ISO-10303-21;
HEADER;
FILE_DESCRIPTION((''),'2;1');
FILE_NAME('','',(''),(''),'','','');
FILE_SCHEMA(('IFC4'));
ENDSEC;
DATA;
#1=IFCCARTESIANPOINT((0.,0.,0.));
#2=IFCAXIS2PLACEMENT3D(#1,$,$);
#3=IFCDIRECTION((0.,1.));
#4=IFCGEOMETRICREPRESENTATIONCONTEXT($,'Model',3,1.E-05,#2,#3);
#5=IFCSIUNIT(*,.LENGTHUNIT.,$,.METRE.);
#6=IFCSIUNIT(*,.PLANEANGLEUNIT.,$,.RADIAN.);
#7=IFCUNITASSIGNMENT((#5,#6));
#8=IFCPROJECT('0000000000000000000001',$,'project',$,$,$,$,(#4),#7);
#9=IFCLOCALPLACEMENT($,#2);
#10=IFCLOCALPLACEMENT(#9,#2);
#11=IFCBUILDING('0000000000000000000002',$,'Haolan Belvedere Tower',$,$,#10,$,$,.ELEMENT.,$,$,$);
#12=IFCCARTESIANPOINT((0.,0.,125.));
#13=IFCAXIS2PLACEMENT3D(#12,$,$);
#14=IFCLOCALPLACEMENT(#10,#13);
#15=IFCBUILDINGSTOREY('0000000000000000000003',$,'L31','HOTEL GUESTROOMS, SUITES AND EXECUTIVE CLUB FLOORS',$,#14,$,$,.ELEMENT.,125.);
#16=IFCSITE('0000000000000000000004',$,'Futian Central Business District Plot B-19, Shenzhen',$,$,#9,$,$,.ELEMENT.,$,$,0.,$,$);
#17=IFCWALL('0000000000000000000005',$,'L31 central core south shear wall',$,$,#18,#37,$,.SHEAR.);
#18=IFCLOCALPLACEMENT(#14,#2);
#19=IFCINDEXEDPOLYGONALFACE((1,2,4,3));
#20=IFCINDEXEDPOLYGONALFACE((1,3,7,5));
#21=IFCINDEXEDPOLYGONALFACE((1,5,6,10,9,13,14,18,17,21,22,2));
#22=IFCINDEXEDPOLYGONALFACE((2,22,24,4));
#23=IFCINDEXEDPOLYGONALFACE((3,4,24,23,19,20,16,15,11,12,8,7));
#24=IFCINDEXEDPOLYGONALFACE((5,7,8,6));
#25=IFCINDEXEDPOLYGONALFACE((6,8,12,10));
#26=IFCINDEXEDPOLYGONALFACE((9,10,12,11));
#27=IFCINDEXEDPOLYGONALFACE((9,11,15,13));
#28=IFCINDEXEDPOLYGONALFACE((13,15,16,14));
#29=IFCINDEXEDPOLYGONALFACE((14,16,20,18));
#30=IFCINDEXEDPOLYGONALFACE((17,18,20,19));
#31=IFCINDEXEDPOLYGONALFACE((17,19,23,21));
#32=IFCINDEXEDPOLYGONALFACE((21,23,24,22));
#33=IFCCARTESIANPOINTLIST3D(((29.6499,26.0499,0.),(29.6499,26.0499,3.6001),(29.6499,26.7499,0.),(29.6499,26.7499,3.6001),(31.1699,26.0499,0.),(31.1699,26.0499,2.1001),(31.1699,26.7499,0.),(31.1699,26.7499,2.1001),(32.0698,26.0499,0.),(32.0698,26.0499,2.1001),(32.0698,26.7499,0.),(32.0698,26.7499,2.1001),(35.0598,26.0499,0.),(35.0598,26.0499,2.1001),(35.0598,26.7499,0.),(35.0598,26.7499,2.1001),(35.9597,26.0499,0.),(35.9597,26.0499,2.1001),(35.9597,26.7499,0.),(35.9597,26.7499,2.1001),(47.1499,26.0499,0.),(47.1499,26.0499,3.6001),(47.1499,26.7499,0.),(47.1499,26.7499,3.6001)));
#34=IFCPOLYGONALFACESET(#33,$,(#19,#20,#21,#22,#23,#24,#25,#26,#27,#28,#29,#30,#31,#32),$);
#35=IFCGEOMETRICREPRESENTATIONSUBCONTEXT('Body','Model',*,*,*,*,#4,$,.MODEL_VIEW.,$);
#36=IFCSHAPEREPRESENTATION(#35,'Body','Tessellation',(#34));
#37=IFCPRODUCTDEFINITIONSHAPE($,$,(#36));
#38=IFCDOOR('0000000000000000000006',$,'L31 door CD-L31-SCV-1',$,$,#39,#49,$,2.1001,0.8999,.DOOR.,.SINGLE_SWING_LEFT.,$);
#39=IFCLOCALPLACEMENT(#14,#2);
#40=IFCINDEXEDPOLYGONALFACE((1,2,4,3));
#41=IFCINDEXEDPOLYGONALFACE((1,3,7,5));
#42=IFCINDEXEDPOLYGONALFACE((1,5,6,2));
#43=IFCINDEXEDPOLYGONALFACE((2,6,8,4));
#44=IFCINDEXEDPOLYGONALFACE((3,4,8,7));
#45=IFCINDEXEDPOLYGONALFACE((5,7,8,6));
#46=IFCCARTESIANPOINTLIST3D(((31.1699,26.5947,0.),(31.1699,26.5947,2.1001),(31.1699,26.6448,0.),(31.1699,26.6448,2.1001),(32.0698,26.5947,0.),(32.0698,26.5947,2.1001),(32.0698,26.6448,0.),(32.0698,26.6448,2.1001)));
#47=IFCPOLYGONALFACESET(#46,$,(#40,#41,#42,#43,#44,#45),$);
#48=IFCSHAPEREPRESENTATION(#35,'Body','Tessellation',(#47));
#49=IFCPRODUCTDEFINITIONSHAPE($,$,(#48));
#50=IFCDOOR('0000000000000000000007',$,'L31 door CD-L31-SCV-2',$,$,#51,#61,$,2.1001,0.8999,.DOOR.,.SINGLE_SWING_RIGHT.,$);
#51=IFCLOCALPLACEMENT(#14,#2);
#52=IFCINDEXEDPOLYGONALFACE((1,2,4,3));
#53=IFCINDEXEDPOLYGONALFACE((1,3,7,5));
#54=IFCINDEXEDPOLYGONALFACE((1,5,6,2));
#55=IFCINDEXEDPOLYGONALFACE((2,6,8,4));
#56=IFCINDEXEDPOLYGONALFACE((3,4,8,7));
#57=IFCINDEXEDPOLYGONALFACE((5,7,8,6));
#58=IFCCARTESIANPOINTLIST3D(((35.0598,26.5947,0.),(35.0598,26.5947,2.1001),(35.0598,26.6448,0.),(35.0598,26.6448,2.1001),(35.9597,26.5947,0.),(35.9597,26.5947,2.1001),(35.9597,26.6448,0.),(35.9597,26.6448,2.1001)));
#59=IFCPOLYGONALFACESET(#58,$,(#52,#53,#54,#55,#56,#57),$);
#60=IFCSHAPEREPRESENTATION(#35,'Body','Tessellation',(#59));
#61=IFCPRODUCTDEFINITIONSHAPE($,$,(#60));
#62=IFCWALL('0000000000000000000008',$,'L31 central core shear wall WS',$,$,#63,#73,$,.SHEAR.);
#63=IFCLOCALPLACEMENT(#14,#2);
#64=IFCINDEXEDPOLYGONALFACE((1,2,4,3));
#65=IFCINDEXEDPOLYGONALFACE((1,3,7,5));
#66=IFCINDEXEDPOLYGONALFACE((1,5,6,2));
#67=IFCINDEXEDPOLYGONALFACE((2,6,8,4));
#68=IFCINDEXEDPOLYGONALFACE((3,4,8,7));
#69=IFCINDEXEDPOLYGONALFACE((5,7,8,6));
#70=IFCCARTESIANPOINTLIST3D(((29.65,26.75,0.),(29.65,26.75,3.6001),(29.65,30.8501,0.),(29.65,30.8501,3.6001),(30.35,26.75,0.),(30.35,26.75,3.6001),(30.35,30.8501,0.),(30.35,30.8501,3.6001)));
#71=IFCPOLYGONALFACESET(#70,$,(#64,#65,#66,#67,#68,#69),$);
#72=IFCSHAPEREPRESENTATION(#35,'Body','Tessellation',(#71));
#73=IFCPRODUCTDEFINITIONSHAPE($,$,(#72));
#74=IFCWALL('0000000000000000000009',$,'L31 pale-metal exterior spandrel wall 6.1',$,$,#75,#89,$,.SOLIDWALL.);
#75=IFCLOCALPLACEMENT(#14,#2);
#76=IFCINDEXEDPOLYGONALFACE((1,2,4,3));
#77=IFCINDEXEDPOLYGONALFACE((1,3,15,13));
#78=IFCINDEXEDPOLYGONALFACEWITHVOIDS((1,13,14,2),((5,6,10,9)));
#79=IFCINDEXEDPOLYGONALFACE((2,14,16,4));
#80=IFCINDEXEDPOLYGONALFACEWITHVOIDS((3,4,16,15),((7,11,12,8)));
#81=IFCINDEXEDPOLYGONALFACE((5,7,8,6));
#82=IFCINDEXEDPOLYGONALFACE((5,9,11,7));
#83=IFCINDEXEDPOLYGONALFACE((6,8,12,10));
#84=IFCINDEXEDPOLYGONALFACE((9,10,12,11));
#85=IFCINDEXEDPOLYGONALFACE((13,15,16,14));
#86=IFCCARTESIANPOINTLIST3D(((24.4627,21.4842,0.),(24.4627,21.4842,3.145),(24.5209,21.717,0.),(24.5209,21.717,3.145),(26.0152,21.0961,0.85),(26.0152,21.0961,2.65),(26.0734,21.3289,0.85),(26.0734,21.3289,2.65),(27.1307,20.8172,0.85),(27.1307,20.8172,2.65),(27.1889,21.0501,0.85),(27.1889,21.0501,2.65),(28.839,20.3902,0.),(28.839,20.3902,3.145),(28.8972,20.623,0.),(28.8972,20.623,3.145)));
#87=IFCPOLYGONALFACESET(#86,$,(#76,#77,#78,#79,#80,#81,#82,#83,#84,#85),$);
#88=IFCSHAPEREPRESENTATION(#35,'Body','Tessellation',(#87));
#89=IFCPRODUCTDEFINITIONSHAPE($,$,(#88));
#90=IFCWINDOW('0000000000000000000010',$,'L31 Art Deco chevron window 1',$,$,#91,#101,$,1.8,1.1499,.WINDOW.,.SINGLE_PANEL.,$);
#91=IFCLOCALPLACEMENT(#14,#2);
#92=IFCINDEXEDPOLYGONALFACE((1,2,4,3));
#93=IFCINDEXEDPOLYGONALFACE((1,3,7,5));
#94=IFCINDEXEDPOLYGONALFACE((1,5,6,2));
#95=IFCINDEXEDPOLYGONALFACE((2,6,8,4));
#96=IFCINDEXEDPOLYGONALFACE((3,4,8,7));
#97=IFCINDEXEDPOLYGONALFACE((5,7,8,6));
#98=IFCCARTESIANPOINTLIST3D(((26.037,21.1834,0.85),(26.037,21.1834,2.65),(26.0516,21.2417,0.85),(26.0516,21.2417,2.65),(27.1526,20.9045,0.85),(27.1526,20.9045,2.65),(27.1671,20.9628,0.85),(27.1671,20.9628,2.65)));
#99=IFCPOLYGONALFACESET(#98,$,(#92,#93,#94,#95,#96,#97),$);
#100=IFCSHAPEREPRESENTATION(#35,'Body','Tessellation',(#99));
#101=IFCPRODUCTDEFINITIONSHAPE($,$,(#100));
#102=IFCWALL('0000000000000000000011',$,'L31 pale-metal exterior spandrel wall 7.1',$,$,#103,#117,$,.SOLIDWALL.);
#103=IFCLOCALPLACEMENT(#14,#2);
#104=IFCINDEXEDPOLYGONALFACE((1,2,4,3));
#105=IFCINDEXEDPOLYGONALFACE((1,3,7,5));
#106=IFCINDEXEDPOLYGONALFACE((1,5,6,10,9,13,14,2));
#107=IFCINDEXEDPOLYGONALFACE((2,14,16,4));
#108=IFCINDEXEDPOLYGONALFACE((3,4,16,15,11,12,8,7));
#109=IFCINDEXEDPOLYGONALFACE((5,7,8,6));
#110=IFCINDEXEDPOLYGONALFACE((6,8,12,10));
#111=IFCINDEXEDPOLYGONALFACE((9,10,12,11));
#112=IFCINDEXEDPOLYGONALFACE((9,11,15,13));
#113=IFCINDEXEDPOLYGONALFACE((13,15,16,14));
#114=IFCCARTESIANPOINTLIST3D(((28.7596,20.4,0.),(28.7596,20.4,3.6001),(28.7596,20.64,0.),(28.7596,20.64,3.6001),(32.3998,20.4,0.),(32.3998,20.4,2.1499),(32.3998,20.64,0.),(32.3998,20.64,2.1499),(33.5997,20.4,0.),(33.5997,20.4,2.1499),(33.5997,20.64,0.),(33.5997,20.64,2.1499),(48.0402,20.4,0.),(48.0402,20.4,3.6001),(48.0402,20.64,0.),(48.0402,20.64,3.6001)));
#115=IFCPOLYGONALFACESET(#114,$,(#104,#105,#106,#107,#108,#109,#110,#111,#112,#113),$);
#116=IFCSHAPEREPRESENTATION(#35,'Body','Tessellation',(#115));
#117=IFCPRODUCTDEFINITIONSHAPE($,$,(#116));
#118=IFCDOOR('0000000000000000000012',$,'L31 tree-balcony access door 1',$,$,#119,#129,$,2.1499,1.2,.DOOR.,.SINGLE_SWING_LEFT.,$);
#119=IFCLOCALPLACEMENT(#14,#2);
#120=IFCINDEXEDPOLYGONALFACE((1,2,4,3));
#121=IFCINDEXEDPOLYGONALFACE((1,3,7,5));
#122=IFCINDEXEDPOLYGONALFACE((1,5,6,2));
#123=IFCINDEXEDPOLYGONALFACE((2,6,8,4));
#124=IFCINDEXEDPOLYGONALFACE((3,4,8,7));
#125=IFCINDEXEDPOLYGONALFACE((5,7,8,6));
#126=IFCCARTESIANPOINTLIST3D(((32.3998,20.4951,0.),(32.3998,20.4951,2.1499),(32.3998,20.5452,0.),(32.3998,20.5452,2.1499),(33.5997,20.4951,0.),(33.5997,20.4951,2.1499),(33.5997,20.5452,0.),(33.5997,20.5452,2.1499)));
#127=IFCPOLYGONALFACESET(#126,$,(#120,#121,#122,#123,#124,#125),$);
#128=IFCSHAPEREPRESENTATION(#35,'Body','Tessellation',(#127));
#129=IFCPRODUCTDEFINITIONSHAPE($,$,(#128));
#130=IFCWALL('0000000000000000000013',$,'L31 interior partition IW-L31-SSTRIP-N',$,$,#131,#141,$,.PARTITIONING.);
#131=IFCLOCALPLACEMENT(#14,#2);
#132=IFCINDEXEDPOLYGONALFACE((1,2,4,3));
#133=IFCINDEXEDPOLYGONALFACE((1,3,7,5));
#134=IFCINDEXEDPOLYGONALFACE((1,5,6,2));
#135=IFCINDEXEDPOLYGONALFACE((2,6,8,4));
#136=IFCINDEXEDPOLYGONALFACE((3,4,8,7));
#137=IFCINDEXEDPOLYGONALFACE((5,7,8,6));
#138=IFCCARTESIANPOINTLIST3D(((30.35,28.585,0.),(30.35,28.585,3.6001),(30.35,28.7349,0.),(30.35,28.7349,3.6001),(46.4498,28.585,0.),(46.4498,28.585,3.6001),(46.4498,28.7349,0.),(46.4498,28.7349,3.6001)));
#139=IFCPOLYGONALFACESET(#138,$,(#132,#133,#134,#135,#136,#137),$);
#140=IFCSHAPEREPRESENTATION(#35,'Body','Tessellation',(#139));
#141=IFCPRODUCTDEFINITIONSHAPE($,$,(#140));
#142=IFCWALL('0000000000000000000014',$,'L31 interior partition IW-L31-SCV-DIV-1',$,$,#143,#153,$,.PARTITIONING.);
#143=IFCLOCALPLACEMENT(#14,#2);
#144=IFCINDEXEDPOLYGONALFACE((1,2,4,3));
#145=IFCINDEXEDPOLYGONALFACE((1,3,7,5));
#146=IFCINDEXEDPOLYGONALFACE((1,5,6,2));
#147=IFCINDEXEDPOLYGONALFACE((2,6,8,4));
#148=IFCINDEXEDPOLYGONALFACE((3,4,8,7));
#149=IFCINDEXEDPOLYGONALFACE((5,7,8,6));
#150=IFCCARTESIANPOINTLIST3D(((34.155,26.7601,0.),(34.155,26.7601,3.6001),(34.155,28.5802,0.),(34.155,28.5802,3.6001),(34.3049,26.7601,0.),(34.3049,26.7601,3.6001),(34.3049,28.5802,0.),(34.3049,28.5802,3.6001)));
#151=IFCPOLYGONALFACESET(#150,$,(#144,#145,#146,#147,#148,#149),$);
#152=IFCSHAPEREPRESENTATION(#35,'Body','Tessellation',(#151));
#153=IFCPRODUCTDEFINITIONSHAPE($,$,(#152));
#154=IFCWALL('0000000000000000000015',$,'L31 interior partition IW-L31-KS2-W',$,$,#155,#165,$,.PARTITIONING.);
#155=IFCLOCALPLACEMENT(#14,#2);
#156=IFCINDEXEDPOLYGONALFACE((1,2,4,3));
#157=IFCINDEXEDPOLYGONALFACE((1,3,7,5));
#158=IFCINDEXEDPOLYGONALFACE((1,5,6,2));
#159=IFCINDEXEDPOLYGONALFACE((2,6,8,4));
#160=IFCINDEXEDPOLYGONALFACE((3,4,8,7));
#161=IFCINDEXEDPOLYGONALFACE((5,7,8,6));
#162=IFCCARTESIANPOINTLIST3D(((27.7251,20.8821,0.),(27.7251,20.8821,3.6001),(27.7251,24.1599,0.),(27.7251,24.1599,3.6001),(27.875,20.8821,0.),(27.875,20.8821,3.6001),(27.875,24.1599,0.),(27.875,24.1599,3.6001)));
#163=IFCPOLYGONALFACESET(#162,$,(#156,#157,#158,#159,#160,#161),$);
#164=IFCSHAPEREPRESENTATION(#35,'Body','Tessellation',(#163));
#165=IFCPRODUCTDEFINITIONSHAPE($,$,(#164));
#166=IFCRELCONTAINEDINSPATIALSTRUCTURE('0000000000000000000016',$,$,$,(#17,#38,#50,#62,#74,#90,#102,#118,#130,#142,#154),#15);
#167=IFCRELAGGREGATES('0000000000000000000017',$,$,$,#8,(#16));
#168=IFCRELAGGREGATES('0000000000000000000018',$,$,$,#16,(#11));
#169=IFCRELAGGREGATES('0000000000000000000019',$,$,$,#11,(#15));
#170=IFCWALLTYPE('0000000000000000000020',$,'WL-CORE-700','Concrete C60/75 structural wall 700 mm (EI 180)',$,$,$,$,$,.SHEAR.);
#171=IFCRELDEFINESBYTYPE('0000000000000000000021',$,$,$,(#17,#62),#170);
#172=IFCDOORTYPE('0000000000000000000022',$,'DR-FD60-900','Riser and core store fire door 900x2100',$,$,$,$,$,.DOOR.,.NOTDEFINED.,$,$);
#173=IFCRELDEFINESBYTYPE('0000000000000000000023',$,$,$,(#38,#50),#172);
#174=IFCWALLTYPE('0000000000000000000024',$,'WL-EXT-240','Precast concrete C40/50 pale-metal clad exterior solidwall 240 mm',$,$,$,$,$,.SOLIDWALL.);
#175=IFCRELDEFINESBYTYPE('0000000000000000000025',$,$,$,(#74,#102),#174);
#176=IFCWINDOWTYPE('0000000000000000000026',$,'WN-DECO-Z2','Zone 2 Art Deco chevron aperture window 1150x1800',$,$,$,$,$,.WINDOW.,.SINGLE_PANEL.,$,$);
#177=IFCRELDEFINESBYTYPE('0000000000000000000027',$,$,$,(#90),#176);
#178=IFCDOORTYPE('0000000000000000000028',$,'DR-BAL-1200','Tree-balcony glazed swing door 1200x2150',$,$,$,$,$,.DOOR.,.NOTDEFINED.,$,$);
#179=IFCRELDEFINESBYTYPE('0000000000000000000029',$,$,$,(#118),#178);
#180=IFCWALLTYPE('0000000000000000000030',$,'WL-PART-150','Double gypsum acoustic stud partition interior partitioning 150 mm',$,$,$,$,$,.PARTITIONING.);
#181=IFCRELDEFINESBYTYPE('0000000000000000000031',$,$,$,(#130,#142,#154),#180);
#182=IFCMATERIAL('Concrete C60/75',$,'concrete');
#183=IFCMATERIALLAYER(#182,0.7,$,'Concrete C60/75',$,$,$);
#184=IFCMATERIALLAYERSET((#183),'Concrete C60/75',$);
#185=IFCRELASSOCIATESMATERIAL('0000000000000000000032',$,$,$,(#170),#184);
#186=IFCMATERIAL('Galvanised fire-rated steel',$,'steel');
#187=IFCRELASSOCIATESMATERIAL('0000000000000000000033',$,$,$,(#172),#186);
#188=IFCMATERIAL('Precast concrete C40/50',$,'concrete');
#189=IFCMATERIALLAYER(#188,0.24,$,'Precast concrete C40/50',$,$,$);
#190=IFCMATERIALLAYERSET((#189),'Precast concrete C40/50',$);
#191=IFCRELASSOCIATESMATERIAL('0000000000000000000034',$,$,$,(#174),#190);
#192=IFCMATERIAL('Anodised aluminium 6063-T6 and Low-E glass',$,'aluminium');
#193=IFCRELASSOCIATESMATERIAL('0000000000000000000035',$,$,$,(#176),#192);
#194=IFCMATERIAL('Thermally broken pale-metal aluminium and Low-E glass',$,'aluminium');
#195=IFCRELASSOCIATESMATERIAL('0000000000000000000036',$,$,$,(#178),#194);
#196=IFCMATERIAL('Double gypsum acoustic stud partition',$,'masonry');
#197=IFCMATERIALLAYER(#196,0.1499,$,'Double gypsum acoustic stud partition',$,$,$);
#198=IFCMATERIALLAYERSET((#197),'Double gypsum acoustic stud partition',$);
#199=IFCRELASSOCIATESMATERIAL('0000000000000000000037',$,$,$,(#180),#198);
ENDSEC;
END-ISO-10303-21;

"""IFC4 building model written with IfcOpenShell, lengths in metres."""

from ifc_helpers import new_model, si_unit, direction, frame, frame_2d, origin, place, context, subcontext, project, spatial, rectangle, extrude, material, layer, layer_set, type_object, element, fill, save


model = new_model("IFC4")

# Units and contexts
model_context = context("Model", 3, precision=1e-05, world=origin(), true_north=direction((0.0, 1.0)))
body_context = subcontext(model_context, "Body", "Model", "MODEL_VIEW")
ifc_project = project(units=[si_unit("LENGTHUNIT", "METRE"), si_unit("PLANEANGLEUNIT", "RADIAN")], contexts=[model_context])

# Site, building, storey
site_placement = place(None, origin())
site = spatial("IfcSite", under=ifc_project, at=site_placement, Name="Futian Central Business District Plot B-19, Shenzhen", CompositionType="ELEMENT", RefElevation=0.0)
building_placement = place(site_placement, origin())
building = spatial("IfcBuilding", under=site, at=building_placement, Name="Haolan Belvedere Tower", CompositionType="ELEMENT")
storey_placement = place(building_placement, frame((0.0, 0.0, 125.0)))
storey = spatial("IfcBuildingStorey", under=building, at=storey_placement, Name="L31", Description="HOTEL GUESTROOMS, SUITES AND EXECUTIVE CLUB FLOORS", CompositionType="ELEMENT", Elevation=125.0)

# Wall, openings, doors
ifc_material_1 = material(Name="Concrete C60/75", Category="concrete")
ifc_layer_1 = layer(ifc_material_1, 0.7, Name="Concrete C60/75")
ifc_layer_set_1 = layer_set([ifc_layer_1], Name="Concrete C60/75")
wall_type_1 = type_object("IfcWallType", Name="WL-CORE-700", Description="Concrete C60/75 structural wall 700 mm (EI 180)", PredefinedType="SHEAR", material=ifc_layer_set_1)
wall_1_placement = place(storey_placement, frame((29.6499, 26.3999, 0.0), z_axis=(0.0, 0.0, 1.0), x_axis=(1.0, 0.0, 0.0)))
wall_1 = element("IfcWall", 1, at=wall_1_placement, inside=storey, type_object=wall_type_1, Name="L31 central core south shear wall", PredefinedType="SHEAR", context=body_context, shape_type="SweptSolid", body=[
    extrude(rectangle(XDim=17.5, YDim=0.7, at=frame_2d((8.75, 0.0))), origin(), (0.0, 0.0, 1.0), 3.6001),
])
opening_1_placement = place(wall_1_placement, frame((2.4199, 0.0, 0.0), z_axis=(0.0, 0.0, 1.0), x_axis=(-1.0, 0.0, 0.0)))
opening_1 = element("IfcOpeningElement", 2, at=opening_1_placement, cuts=wall_1, PredefinedType="OPENING", context=body_context, shape_type="SweptSolid", body=[
    extrude(rectangle(XDim=0.8999, YDim=2.1001, at=frame_2d((0.45, 1.05))), frame((0.0, 0.3599, 0.0), z_axis=(0.0, -1.0, 0.0), x_axis=(1.0, 0.0, 0.0)), (0.0, 0.0, 1.0), 0.72),
])
opening_2_placement = place(wall_1_placement, frame((6.3098, 0.0, 0.0), z_axis=(0.0, 0.0, 1.0), x_axis=(-1.0, 0.0, 0.0)))
opening_2 = element("IfcOpeningElement", 3, at=opening_2_placement, cuts=wall_1, PredefinedType="OPENING", context=body_context, shape_type="SweptSolid", body=[
    extrude(rectangle(XDim=0.8999, YDim=2.1001, at=frame_2d((0.45, 1.05))), frame((0.0, 0.3599, 0.0), z_axis=(0.0, -1.0, 0.0), x_axis=(1.0, 0.0, 0.0)), (0.0, 0.0, 1.0), 0.72),
])
ifc_material_2 = material(Name="Galvanised fire-rated steel", Category="steel")
door_type_1 = type_object("IfcDoorType", Name="DR-FD60-900", Description="Riser and core store fire door 900x2100", OperationType="NOTDEFINED", PredefinedType="DOOR", material=ifc_material_2)
door_1_placement = place(opening_1_placement, origin())
door_1 = element("IfcDoor", 4, at=door_1_placement, inside=storey, type_object=door_type_1, Name="L31 door CD-L31-SCV-1", OperationType="SINGLE_SWING_LEFT", OverallHeight=2.1001, OverallWidth=0.8999, PredefinedType="DOOR", context=body_context, shape_type="SweptSolid", body=[
    extrude(rectangle(XDim=0.8999, YDim=2.1001, at=frame_2d((0.45, 1.05))), frame((0.0, -0.1948, 0.0), z_axis=(0.0, -1.0, 0.0), x_axis=(1.0, 0.0, 0.0)), (0.0, 0.0, 1.0), 0.05),
])
fill(opening_1, door_1)
door_2_placement = place(opening_2_placement, origin())
door_2 = element("IfcDoor", 5, at=door_2_placement, inside=storey, type_object=door_type_1, Name="L31 door CD-L31-SCV-2", OperationType="SINGLE_SWING_RIGHT", OverallHeight=2.1001, OverallWidth=0.8999, PredefinedType="DOOR", context=body_context, shape_type="SweptSolid", body=[
    extrude(rectangle(XDim=0.8999, YDim=2.1001, at=frame_2d((0.45, 1.05))), frame((0.0, -0.1948, 0.0), z_axis=(0.0, -1.0, 0.0), x_axis=(1.0, 0.0, 0.0)), (0.0, 0.0, 1.0), 0.05),
])
fill(opening_2, door_2)

# Wall
wall_2_placement = place(storey_placement, frame((30.0, 26.75, 0.0), z_axis=(0.0, 0.0, 1.0), x_axis=(0.0, 1.0, 0.0)))
element("IfcWall", 6, at=wall_2_placement, inside=storey, type_object=wall_type_1, Name="L31 central core shear wall WS", PredefinedType="SHEAR", context=body_context, shape_type="SweptSolid", body=[
    extrude(rectangle(XDim=4.1001, YDim=0.7, at=frame_2d((2.05, 0.0))), origin(), (0.0, 0.0, 1.0), 3.6001),
])

# Wall, opening, window
ifc_material_3 = material(Name="Precast concrete C40/50", Category="concrete")
ifc_layer_2 = layer(ifc_material_3, 0.24, Name="Precast concrete C40/50")
ifc_layer_set_2 = layer_set([ifc_layer_2], Name="Precast concrete C40/50")
wall_type_2 = type_object("IfcWallType", Name="WL-EXT-240", Description="Precast concrete C40/50 pale-metal clad exterior solidwall 240 mm", PredefinedType="SOLIDWALL", material=ifc_layer_set_2)
wall_3_placement = place(storey_placement, frame((24.4919, 21.6006, 0.0), z_axis=(0.0, 0.0, 1.0), x_axis=(0.970146, -0.242523, 0.0)))
wall_3 = element("IfcWall", 7, at=wall_3_placement, inside=storey, type_object=wall_type_2, Name="L31 pale-metal exterior spandrel wall 6.1", PredefinedType="SOLIDWALL", context=body_context, shape_type="SweptSolid", body=[
    extrude(rectangle(XDim=4.511, YDim=0.24, at=frame_2d((2.2554, 0.0))), origin(), (0.0, 0.0, 1.0), 3.145),
])
opening_3_placement = place(wall_3_placement, frame((1.6001, 0.0, 0.8501)))
opening_3 = element("IfcOpeningElement", 8, at=opening_3_placement, cuts=wall_3, PredefinedType="OPENING", context=body_context, shape_type="SweptSolid", body=[
    extrude(rectangle(XDim=1.1499, YDim=1.8, at=frame_2d((0.575, 0.8999))), frame((0.0, 0.1299, 0.0), z_axis=(0.0, -1.0, 0.0), x_axis=(1.0, 0.0, 0.0)), (0.0, 0.0, 1.0), 0.26),
])
ifc_material_4 = material(Name="Anodised aluminium 6063-T6 and Low-E glass", Category="aluminium")
window_type = type_object("IfcWindowType", Name="WN-DECO-Z2", Description="Zone 2 Art Deco chevron aperture window 1150x1800", PartitioningType="SINGLE_PANEL", PredefinedType="WINDOW", material=ifc_material_4)
window_placement = place(opening_3_placement, origin())
window = element("IfcWindow", 9, at=window_placement, inside=storey, type_object=window_type, Name="L31 Art Deco chevron window 1", OverallHeight=1.8, OverallWidth=1.1499, PartitioningType="SINGLE_PANEL", PredefinedType="WINDOW", context=body_context, shape_type="SweptSolid", body=[
    extrude(rectangle(XDim=1.1499, YDim=1.8, at=frame_2d((0.575, 0.8999))), frame((0.0, 0.03, 0.0), z_axis=(0.0, -1.0, 0.0), x_axis=(1.0, 0.0, 0.0)), (0.0, 0.0, 1.0), 0.0601),
])
fill(opening_3, window)

# Wall, opening, door
wall_4_placement = place(storey_placement, frame((28.7598, 20.52, 0.0), z_axis=(0.0, 0.0, 1.0), x_axis=(1.0, 0.0, 0.0)))
wall_4 = element("IfcWall", 10, at=wall_4_placement, inside=storey, type_object=wall_type_2, Name="L31 pale-metal exterior spandrel wall 7.1", PredefinedType="SOLIDWALL", context=body_context, shape_type="SweptSolid", body=[
    extrude(rectangle(XDim=19.2805, YDim=0.24, at=frame_2d((9.6401, 0.0))), origin(), (0.0, 0.0, 1.0), 3.6001),
])
opening_4_placement = place(wall_4_placement, frame((4.8401, 0.0, 0.0), z_axis=(0.0, 0.0, 1.0), x_axis=(-1.0, 0.0, 0.0)))
opening_4 = element("IfcOpeningElement", 11, at=opening_4_placement, cuts=wall_4, PredefinedType="OPENING", context=body_context, shape_type="SweptSolid", body=[
    extrude(rectangle(XDim=1.2, YDim=2.1499, at=frame_2d((0.6001, 1.075))), frame((0.0, 0.1299, 0.0), z_axis=(0.0, -1.0, 0.0), x_axis=(1.0, 0.0, 0.0)), (0.0, 0.0, 1.0), 0.26),
])
ifc_material_5 = material(Name="Thermally broken pale-metal aluminium and Low-E glass", Category="aluminium")
door_type_2 = type_object("IfcDoorType", Name="DR-BAL-1200", Description="Tree-balcony glazed swing door 1200x2150", OperationType="NOTDEFINED", PredefinedType="DOOR", material=ifc_material_5)
door_3_placement = place(opening_4_placement, origin())
door_3 = element("IfcDoor", 12, at=door_3_placement, inside=storey, type_object=door_type_2, Name="L31 tree-balcony access door 1", OperationType="SINGLE_SWING_LEFT", OverallHeight=2.1499, OverallWidth=1.2, PredefinedType="DOOR", context=body_context, shape_type="SweptSolid", body=[
    extrude(rectangle(XDim=1.2, YDim=2.1499, at=frame_2d((0.6001, 1.075))), frame((0.0, 0.0249, 0.0), z_axis=(0.0, -1.0, 0.0), x_axis=(1.0, 0.0, 0.0)), (0.0, 0.0, 1.0), 0.05),
])
fill(opening_4, door_3)

# Walls
ifc_material_6 = material(Name="Double gypsum acoustic stud partition", Category="masonry")
ifc_layer_3 = layer(ifc_material_6, 0.1499, Name="Double gypsum acoustic stud partition")
ifc_layer_set_3 = layer_set([ifc_layer_3], Name="Double gypsum acoustic stud partition")
wall_type_3 = type_object("IfcWallType", Name="WL-PART-150", Description="Double gypsum acoustic stud partition interior partitioning 150 mm", PredefinedType="PARTITIONING", material=ifc_layer_set_3)
wall_5_placement = place(storey_placement, frame((30.3501, 28.6599, 0.0), z_axis=(0.0, 0.0, 1.0), x_axis=(1.0, 0.0, 0.0)))
element("IfcWall", 13, at=wall_5_placement, inside=storey, type_object=wall_type_3, Name="L31 interior partition IW-L31-SSTRIP-N", PredefinedType="PARTITIONING", context=body_context, shape_type="SweptSolid", body=[
    extrude(rectangle(XDim=16.0999, YDim=0.1499, at=frame_2d((8.0498, 0.0))), origin(), (0.0, 0.0, 1.0), 3.6001),
])
wall_6_placement = place(storey_placement, frame((34.23, 26.76, 0.0), z_axis=(0.0, 0.0, 1.0), x_axis=(0.0, 1.0, 0.0)))
element("IfcWall", 14, at=wall_6_placement, inside=storey, type_object=wall_type_3, Name="L31 interior partition IW-L31-SCV-DIV-1", PredefinedType="PARTITIONING", context=body_context, shape_type="SweptSolid", body=[
    extrude(rectangle(XDim=1.8201, YDim=0.1499, at=frame_2d((0.9102, 0.0))), origin(), (0.0, 0.0, 1.0), 3.6001),
])

# Wall
wall_7_placement = place(storey_placement, frame((27.8, 20.8821, 0.0), z_axis=(0.0, 0.0, 1.0), x_axis=(0.0, 1.0, 0.0)))
element("IfcWall", 15, at=wall_7_placement, inside=storey, type_object=wall_type_3, Name="L31 interior partition IW-L31-KS2-W", PredefinedType="PARTITIONING", context=body_context, shape_type="SweptSolid", body=[
    extrude(rectangle(XDim=3.2778, YDim=0.1499, at=frame_2d((1.6389, 0.0))), origin(), (0.0, 0.0, 1.0), 3.6001),
])

save(model, "model.ifc")
